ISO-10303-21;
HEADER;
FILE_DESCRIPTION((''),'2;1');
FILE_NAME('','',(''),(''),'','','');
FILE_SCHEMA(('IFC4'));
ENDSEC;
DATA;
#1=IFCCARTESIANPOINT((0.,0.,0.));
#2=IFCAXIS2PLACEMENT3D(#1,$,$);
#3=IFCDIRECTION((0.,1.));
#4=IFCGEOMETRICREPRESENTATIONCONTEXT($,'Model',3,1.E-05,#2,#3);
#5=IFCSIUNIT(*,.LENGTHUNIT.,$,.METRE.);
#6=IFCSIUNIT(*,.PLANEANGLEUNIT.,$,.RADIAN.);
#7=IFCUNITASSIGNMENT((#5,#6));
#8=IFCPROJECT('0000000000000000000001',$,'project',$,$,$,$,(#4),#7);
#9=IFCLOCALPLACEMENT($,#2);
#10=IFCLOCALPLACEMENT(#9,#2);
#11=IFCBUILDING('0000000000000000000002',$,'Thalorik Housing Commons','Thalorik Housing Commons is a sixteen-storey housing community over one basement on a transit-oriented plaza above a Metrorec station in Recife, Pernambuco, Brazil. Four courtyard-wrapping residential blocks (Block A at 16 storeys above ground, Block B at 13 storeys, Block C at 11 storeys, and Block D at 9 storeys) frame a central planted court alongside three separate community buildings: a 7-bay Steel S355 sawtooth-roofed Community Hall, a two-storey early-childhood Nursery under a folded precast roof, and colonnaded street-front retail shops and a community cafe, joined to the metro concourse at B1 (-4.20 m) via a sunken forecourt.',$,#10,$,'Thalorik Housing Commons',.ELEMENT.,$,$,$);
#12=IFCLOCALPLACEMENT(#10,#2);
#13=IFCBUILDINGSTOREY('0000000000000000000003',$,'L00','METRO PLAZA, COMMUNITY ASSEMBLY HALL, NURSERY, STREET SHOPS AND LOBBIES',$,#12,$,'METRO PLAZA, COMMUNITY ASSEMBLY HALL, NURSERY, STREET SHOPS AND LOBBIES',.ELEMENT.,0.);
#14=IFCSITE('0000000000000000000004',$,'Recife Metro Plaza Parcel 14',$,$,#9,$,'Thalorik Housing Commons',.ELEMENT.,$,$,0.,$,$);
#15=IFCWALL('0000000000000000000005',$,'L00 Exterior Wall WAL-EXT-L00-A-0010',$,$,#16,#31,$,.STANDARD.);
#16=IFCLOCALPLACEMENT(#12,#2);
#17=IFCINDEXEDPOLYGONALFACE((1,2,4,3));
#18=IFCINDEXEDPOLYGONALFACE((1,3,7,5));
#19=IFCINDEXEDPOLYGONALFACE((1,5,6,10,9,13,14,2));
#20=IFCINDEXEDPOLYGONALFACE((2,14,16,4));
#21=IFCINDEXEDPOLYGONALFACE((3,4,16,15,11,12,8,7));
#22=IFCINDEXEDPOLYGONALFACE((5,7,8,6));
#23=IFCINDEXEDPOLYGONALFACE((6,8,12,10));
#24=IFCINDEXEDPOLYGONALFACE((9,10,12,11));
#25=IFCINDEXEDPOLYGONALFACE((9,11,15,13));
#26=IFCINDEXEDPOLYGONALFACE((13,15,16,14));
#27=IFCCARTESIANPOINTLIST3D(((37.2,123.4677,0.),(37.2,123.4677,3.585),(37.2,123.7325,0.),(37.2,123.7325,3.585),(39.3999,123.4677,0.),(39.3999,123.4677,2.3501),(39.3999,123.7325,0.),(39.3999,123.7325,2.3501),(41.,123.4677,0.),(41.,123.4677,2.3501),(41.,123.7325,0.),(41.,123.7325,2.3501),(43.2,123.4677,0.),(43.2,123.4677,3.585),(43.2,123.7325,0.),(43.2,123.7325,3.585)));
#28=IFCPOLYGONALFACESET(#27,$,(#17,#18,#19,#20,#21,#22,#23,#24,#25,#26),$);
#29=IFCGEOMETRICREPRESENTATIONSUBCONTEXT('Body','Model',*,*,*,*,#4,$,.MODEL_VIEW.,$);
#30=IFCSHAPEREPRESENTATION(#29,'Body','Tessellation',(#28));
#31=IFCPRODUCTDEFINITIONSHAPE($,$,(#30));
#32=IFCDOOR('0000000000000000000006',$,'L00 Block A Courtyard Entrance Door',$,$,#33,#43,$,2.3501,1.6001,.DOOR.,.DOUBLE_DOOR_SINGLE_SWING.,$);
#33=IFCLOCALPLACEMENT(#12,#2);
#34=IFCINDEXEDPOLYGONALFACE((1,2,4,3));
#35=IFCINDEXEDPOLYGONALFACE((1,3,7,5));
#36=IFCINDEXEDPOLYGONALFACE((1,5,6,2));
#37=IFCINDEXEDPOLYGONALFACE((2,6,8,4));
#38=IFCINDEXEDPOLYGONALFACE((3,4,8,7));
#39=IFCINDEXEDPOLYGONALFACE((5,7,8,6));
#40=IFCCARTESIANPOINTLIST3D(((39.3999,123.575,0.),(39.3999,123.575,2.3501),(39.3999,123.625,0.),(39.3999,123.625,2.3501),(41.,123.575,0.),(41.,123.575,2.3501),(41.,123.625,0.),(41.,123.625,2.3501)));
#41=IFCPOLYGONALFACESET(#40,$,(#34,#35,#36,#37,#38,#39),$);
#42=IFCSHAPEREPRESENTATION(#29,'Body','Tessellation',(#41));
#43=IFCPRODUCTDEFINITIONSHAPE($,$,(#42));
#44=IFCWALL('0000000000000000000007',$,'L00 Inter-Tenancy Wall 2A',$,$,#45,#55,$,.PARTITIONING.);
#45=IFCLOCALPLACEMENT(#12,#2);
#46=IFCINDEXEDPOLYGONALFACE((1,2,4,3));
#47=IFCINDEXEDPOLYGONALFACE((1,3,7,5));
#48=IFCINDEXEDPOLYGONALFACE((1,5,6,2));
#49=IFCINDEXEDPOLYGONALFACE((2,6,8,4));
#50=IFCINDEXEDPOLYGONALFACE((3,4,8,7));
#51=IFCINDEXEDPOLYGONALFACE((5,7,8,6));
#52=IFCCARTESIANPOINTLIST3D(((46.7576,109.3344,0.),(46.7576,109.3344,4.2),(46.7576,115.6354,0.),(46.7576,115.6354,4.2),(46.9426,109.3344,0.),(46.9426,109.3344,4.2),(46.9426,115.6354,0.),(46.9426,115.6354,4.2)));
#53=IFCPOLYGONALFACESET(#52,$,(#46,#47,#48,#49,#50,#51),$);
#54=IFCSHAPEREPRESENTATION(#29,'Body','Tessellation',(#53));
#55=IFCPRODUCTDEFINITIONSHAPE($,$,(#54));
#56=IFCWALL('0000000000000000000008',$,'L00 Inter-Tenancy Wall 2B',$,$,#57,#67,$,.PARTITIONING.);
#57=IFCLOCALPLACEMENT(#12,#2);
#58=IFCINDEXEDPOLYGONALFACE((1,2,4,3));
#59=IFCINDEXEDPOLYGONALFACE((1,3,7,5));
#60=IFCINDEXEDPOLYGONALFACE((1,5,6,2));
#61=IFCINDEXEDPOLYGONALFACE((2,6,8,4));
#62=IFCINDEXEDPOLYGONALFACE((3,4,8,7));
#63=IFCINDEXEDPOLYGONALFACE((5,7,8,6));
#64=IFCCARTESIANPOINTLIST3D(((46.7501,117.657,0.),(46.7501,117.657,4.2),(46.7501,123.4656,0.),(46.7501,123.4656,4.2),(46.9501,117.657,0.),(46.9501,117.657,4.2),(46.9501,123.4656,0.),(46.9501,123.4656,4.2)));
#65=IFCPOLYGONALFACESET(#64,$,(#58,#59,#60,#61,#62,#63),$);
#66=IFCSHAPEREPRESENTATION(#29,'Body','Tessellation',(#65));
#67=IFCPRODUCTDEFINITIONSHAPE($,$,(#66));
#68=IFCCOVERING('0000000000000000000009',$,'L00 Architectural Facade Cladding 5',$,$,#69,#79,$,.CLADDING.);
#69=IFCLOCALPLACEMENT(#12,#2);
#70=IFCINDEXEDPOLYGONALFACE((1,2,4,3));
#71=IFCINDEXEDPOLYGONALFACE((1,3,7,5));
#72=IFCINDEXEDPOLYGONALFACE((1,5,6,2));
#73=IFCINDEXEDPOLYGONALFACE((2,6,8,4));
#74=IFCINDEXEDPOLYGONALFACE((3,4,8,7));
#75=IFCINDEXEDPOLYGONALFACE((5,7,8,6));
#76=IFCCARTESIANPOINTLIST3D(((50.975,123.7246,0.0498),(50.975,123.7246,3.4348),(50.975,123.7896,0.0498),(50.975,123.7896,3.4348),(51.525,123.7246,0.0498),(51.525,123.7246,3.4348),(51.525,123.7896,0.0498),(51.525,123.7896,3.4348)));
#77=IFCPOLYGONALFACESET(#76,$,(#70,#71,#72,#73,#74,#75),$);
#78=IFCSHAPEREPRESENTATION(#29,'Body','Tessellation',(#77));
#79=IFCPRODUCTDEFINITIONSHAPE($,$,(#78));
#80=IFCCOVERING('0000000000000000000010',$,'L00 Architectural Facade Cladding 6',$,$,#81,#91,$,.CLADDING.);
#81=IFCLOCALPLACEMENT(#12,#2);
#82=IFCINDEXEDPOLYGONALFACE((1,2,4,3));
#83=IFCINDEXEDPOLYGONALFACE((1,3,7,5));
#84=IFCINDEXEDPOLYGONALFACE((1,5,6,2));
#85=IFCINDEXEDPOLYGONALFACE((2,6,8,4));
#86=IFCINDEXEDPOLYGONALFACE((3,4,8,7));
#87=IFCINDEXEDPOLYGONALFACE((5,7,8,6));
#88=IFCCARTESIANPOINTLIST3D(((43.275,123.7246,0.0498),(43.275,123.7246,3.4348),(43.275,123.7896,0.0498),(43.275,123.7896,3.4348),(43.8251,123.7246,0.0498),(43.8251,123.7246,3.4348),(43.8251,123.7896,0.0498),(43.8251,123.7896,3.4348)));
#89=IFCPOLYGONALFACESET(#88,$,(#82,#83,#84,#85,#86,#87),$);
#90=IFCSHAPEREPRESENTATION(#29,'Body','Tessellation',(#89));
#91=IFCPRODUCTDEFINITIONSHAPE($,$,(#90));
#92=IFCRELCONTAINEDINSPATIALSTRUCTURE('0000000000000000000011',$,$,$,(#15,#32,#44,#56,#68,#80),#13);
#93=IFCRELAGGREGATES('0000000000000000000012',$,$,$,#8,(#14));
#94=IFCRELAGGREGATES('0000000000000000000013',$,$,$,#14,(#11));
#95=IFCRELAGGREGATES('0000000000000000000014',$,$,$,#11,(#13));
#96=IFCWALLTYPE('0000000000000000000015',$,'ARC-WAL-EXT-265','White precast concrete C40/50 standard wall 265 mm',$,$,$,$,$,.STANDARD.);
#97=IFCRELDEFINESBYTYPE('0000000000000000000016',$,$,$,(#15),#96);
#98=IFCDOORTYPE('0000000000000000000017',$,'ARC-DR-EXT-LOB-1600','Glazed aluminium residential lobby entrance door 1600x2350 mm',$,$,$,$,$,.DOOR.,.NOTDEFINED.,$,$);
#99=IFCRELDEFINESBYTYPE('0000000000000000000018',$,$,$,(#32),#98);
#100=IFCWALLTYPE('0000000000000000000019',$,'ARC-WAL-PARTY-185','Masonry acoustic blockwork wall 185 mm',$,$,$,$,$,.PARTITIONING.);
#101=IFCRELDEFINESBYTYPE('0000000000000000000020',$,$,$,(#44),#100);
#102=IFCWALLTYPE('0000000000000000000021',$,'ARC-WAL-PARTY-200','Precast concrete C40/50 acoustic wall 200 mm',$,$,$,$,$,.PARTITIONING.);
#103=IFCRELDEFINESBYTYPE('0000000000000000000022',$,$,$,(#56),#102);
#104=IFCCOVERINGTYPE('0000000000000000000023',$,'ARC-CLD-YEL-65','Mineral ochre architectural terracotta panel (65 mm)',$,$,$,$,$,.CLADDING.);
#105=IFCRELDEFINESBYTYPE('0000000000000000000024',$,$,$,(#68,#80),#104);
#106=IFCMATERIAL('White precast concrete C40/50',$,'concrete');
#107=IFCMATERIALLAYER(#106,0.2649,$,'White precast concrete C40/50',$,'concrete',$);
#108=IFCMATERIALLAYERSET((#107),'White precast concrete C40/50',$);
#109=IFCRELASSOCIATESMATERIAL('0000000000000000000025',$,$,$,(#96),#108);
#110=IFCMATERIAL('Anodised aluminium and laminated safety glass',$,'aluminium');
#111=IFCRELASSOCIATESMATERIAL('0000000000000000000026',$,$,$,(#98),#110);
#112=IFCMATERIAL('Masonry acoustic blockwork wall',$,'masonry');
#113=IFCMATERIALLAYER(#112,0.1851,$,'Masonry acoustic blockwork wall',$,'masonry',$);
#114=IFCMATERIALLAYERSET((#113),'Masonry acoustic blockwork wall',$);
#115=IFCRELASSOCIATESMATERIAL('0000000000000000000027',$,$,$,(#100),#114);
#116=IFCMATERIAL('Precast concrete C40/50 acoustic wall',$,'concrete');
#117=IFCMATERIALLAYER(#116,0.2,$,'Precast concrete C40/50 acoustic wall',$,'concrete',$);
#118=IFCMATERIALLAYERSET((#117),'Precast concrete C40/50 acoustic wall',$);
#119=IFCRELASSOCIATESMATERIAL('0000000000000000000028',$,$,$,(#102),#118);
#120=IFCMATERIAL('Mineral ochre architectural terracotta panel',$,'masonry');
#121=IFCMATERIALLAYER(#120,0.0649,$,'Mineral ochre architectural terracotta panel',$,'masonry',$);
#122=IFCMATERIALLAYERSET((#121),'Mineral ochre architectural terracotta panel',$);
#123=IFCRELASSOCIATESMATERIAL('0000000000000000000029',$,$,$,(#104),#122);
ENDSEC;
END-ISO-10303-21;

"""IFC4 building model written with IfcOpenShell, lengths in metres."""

from ifc_helpers import new_model, si_unit, direction, frame, frame_2d, origin, origin_2d, place, context, subcontext, project, spatial, rectangle, extrude, material, layer, layer_set, type_object, element, fill, save


model = new_model("IFC4")

# Units and contexts
model_context = context("Model", 3, precision=1e-05, world=origin(), true_north=direction((0.0, 1.0)))
body_context = subcontext(model_context, "Body", "Model", "MODEL_VIEW")
ifc_project = project(units=[si_unit("LENGTHUNIT", "METRE"), si_unit("PLANEANGLEUNIT", "RADIAN")], contexts=[model_context])

# Site, building, storey
site_placement = place(None, origin())
site = spatial("IfcSite", under=ifc_project, at=site_placement, Name="Recife Metro Plaza Parcel 14", LongName="Thalorik Housing Commons", CompositionType="ELEMENT", RefElevation=0.0)
building_placement = place(site_placement, origin())
building = spatial("IfcBuilding", under=site, at=building_placement, Name="Thalorik Housing Commons", Description="Thalorik Housing Commons is a sixteen-storey housing community over one basement on a transit-oriented plaza above a Metrorec station in Recife, Pernambuco, Brazil. Four courtyard-wrapping residential blocks (Block A at 16 storeys above ground, Block B at 13 storeys, Block C at 11 storeys, and Block D at 9 storeys) frame a central planted court alongside three separate community buildings: a 7-bay Steel S355 sawtooth-roofed Community Hall, a two-storey early-childhood Nursery under a folded precast roof, and colonnaded street-front retail shops and a community cafe, joined to the metro concourse at B1 (-4.20 m) via a sunken forecourt.", LongName="Thalorik Housing Commons", CompositionType="ELEMENT")
storey_placement = place(building_placement, origin())
storey = spatial("IfcBuildingStorey", under=building, at=storey_placement, Name="L00", Description="METRO PLAZA, COMMUNITY ASSEMBLY HALL, NURSERY, STREET SHOPS AND LOBBIES", LongName="METRO PLAZA, COMMUNITY ASSEMBLY HALL, NURSERY, STREET SHOPS AND LOBBIES", CompositionType="ELEMENT", Elevation=0.0)

# Shared definitions
ifc_material_1 = material(Name="White precast concrete C40/50", Category="concrete")
ifc_layer_1 = layer(ifc_material_1, 0.2649, Name="White precast concrete C40/50", Category="concrete")
ifc_layer_set_1 = layer_set([ifc_layer_1], Name="White precast concrete C40/50")
wall_type_1 = type_object("IfcWallType", Name="ARC-WAL-EXT-265", Description="White precast concrete C40/50 standard wall 265 mm", PredefinedType="STANDARD", material=ifc_layer_set_1)

# Wall, opening, door
wall_1_placement = place(storey_placement, frame((43.2, 123.6001, 0.0), z_axis=(0.0, 0.0, 1.0), x_axis=(-1.0, 0.0, 0.0)))
wall_1 = element("IfcWall", 1, at=wall_1_placement, inside=storey, type_object=wall_type_1, Name="L00 Exterior Wall WAL-EXT-L00-A-0010", PredefinedType="STANDARD", context=body_context, shape_type="SweptSolid", body=[
    extrude(rectangle(XDim=6.0, YDim=0.2649, at=frame_2d((3.0, 0.0))), origin(), (0.0, 0.0, 1.0), 3.585),
])
opening_1_placement = place(wall_1_placement, frame((2.2, 0.0, 0.0)))
opening_1 = element("IfcOpeningElement", 2, at=opening_1_placement, cuts=wall_1, PredefinedType="OPENING", context=body_context, shape_type="SweptSolid", body=[
    extrude(rectangle(XDim=1.6001, YDim=2.3501, at=frame_2d((0.8, 1.175))), frame((0.0, 0.1426, 0.0), z_axis=(0.0, -1.0, 0.0), x_axis=(1.0, 0.0, 0.0)), (0.0, 0.0, 1.0), 0.2849),
])
ifc_material_2 = material(Name="Anodised aluminium and laminated safety glass", Category="aluminium")
door_type = type_object("IfcDoorType", Name="ARC-DR-EXT-LOB-1600", Description="Glazed aluminium residential lobby entrance door 1600x2350 mm", OperationType="NOTDEFINED", PredefinedType="DOOR", material=ifc_material_2)
door_placement = place(opening_1_placement, frame((1.6001, 0.0, 0.0), z_axis=(0.0, 0.0, 1.0), x_axis=(-1.0, 0.0, 0.0)))
door = element("IfcDoor", 3, at=door_placement, inside=storey, type_object=door_type, Name="L00 Block A Courtyard Entrance Door", OperationType="DOUBLE_DOOR_SINGLE_SWING", OverallHeight=2.3501, OverallWidth=1.6001, PredefinedType="DOOR", context=body_context, shape_type="SweptSolid", body=[
    extrude(rectangle(XDim=1.6001, YDim=2.3501, at=frame_2d((0.8, 1.175))), frame((0.0, 0.0249, 0.0), z_axis=(0.0, -1.0, 0.0), x_axis=(1.0, 0.0, 0.0)), (0.0, 0.0, 1.0), 0.05),
])
fill(opening_1, door)

# Walls
ifc_material_3 = material(Name="Masonry acoustic blockwork wall", Category="masonry")
ifc_layer_2 = layer(ifc_material_3, 0.1851, Name="Masonry acoustic blockwork wall", Category="masonry")
ifc_layer_set_2 = layer_set([ifc_layer_2], Name="Masonry acoustic blockwork wall")
wall_type_2 = type_object("IfcWallType", Name="ARC-WAL-PARTY-185", Description="Masonry acoustic blockwork wall 185 mm", PredefinedType="PARTITIONING", material=ifc_layer_set_2)
wall_2_placement = place(storey_placement, frame((46.8501, 109.3345, 0.0), z_axis=(0.0, 0.0, 1.0), x_axis=(0.0, 1.0, 0.0)))
element("IfcWall", 4, at=wall_2_placement, inside=storey, type_object=wall_type_2, Name="L00 Inter-Tenancy Wall 2A", PredefinedType="PARTITIONING", context=body_context, shape_type="SweptSolid", body=[
    extrude(rectangle(XDim=6.301, YDim=0.1851, at=frame_2d((3.1504, 0.0))), origin(), (0.0, 0.0, 1.0), 4.2),
])
ifc_material_4 = material(Name="Precast concrete C40/50 acoustic wall", Category="concrete")
ifc_layer_3 = layer(ifc_material_4, 0.2, Name="Precast concrete C40/50 acoustic wall", Category="concrete")
ifc_layer_set_3 = layer_set([ifc_layer_3], Name="Precast concrete C40/50 acoustic wall")
wall_type_3 = type_object("IfcWallType", Name="ARC-WAL-PARTY-200", Description="Precast concrete C40/50 acoustic wall 200 mm", PredefinedType="PARTITIONING", material=ifc_layer_set_3)
wall_3_placement = place(storey_placement, frame((46.8501, 117.657, 0.0), z_axis=(0.0, 0.0, 1.0), x_axis=(0.0, 1.0, 0.0)))
element("IfcWall", 5, at=wall_3_placement, inside=storey, type_object=wall_type_3, Name="L00 Inter-Tenancy Wall 2B", PredefinedType="PARTITIONING", context=body_context, shape_type="SweptSolid", body=[
    extrude(rectangle(XDim=5.8086, YDim=0.2, at=frame_2d((2.9043, 0.0))), origin(), (0.0, 0.0, 1.0), 4.2),
])

# Coverings
ifc_material_5 = material(Name="Mineral ochre architectural terracotta panel", Category="masonry")
ifc_layer_4 = layer(ifc_material_5, 0.0649, Name="Mineral ochre architectural terracotta panel", Category="masonry")
ifc_layer_set_4 = layer_set([ifc_layer_4], Name="Mineral ochre architectural terracotta panel")
covering_type = type_object("IfcCoveringType", Name="ARC-CLD-YEL-65", Description="Mineral ochre architectural terracotta panel (65 mm)", PredefinedType="CLADDING", material=ifc_layer_set_4)
for number, where, z_axis, x_axis, name in (
    (6, (51.25, 123.7571, 0.0498), (0.0, 0.0, 1.0), (-1.0, 0.0, 0.0), "L00 Architectural Facade Cladding 5"),
    (7, (43.55, 123.7571, 0.0498), (0.0, 0.0, 1.0), (-1.0, 0.0, 0.0), "L00 Architectural Facade Cladding 6"),
):
    element("IfcCovering", number, at=place(storey_placement, frame(where, z_axis=z_axis, x_axis=x_axis)), inside=storey, type_object=covering_type, Name=name, PredefinedType="CLADDING", context=body_context, shape_type="SweptSolid", body=[
        extrude(rectangle(XDim=0.55, YDim=0.0649, at=origin_2d()), origin(), (0.0, 0.0, 1.0), 3.385),
    ])

save(model, "model.ifc")
